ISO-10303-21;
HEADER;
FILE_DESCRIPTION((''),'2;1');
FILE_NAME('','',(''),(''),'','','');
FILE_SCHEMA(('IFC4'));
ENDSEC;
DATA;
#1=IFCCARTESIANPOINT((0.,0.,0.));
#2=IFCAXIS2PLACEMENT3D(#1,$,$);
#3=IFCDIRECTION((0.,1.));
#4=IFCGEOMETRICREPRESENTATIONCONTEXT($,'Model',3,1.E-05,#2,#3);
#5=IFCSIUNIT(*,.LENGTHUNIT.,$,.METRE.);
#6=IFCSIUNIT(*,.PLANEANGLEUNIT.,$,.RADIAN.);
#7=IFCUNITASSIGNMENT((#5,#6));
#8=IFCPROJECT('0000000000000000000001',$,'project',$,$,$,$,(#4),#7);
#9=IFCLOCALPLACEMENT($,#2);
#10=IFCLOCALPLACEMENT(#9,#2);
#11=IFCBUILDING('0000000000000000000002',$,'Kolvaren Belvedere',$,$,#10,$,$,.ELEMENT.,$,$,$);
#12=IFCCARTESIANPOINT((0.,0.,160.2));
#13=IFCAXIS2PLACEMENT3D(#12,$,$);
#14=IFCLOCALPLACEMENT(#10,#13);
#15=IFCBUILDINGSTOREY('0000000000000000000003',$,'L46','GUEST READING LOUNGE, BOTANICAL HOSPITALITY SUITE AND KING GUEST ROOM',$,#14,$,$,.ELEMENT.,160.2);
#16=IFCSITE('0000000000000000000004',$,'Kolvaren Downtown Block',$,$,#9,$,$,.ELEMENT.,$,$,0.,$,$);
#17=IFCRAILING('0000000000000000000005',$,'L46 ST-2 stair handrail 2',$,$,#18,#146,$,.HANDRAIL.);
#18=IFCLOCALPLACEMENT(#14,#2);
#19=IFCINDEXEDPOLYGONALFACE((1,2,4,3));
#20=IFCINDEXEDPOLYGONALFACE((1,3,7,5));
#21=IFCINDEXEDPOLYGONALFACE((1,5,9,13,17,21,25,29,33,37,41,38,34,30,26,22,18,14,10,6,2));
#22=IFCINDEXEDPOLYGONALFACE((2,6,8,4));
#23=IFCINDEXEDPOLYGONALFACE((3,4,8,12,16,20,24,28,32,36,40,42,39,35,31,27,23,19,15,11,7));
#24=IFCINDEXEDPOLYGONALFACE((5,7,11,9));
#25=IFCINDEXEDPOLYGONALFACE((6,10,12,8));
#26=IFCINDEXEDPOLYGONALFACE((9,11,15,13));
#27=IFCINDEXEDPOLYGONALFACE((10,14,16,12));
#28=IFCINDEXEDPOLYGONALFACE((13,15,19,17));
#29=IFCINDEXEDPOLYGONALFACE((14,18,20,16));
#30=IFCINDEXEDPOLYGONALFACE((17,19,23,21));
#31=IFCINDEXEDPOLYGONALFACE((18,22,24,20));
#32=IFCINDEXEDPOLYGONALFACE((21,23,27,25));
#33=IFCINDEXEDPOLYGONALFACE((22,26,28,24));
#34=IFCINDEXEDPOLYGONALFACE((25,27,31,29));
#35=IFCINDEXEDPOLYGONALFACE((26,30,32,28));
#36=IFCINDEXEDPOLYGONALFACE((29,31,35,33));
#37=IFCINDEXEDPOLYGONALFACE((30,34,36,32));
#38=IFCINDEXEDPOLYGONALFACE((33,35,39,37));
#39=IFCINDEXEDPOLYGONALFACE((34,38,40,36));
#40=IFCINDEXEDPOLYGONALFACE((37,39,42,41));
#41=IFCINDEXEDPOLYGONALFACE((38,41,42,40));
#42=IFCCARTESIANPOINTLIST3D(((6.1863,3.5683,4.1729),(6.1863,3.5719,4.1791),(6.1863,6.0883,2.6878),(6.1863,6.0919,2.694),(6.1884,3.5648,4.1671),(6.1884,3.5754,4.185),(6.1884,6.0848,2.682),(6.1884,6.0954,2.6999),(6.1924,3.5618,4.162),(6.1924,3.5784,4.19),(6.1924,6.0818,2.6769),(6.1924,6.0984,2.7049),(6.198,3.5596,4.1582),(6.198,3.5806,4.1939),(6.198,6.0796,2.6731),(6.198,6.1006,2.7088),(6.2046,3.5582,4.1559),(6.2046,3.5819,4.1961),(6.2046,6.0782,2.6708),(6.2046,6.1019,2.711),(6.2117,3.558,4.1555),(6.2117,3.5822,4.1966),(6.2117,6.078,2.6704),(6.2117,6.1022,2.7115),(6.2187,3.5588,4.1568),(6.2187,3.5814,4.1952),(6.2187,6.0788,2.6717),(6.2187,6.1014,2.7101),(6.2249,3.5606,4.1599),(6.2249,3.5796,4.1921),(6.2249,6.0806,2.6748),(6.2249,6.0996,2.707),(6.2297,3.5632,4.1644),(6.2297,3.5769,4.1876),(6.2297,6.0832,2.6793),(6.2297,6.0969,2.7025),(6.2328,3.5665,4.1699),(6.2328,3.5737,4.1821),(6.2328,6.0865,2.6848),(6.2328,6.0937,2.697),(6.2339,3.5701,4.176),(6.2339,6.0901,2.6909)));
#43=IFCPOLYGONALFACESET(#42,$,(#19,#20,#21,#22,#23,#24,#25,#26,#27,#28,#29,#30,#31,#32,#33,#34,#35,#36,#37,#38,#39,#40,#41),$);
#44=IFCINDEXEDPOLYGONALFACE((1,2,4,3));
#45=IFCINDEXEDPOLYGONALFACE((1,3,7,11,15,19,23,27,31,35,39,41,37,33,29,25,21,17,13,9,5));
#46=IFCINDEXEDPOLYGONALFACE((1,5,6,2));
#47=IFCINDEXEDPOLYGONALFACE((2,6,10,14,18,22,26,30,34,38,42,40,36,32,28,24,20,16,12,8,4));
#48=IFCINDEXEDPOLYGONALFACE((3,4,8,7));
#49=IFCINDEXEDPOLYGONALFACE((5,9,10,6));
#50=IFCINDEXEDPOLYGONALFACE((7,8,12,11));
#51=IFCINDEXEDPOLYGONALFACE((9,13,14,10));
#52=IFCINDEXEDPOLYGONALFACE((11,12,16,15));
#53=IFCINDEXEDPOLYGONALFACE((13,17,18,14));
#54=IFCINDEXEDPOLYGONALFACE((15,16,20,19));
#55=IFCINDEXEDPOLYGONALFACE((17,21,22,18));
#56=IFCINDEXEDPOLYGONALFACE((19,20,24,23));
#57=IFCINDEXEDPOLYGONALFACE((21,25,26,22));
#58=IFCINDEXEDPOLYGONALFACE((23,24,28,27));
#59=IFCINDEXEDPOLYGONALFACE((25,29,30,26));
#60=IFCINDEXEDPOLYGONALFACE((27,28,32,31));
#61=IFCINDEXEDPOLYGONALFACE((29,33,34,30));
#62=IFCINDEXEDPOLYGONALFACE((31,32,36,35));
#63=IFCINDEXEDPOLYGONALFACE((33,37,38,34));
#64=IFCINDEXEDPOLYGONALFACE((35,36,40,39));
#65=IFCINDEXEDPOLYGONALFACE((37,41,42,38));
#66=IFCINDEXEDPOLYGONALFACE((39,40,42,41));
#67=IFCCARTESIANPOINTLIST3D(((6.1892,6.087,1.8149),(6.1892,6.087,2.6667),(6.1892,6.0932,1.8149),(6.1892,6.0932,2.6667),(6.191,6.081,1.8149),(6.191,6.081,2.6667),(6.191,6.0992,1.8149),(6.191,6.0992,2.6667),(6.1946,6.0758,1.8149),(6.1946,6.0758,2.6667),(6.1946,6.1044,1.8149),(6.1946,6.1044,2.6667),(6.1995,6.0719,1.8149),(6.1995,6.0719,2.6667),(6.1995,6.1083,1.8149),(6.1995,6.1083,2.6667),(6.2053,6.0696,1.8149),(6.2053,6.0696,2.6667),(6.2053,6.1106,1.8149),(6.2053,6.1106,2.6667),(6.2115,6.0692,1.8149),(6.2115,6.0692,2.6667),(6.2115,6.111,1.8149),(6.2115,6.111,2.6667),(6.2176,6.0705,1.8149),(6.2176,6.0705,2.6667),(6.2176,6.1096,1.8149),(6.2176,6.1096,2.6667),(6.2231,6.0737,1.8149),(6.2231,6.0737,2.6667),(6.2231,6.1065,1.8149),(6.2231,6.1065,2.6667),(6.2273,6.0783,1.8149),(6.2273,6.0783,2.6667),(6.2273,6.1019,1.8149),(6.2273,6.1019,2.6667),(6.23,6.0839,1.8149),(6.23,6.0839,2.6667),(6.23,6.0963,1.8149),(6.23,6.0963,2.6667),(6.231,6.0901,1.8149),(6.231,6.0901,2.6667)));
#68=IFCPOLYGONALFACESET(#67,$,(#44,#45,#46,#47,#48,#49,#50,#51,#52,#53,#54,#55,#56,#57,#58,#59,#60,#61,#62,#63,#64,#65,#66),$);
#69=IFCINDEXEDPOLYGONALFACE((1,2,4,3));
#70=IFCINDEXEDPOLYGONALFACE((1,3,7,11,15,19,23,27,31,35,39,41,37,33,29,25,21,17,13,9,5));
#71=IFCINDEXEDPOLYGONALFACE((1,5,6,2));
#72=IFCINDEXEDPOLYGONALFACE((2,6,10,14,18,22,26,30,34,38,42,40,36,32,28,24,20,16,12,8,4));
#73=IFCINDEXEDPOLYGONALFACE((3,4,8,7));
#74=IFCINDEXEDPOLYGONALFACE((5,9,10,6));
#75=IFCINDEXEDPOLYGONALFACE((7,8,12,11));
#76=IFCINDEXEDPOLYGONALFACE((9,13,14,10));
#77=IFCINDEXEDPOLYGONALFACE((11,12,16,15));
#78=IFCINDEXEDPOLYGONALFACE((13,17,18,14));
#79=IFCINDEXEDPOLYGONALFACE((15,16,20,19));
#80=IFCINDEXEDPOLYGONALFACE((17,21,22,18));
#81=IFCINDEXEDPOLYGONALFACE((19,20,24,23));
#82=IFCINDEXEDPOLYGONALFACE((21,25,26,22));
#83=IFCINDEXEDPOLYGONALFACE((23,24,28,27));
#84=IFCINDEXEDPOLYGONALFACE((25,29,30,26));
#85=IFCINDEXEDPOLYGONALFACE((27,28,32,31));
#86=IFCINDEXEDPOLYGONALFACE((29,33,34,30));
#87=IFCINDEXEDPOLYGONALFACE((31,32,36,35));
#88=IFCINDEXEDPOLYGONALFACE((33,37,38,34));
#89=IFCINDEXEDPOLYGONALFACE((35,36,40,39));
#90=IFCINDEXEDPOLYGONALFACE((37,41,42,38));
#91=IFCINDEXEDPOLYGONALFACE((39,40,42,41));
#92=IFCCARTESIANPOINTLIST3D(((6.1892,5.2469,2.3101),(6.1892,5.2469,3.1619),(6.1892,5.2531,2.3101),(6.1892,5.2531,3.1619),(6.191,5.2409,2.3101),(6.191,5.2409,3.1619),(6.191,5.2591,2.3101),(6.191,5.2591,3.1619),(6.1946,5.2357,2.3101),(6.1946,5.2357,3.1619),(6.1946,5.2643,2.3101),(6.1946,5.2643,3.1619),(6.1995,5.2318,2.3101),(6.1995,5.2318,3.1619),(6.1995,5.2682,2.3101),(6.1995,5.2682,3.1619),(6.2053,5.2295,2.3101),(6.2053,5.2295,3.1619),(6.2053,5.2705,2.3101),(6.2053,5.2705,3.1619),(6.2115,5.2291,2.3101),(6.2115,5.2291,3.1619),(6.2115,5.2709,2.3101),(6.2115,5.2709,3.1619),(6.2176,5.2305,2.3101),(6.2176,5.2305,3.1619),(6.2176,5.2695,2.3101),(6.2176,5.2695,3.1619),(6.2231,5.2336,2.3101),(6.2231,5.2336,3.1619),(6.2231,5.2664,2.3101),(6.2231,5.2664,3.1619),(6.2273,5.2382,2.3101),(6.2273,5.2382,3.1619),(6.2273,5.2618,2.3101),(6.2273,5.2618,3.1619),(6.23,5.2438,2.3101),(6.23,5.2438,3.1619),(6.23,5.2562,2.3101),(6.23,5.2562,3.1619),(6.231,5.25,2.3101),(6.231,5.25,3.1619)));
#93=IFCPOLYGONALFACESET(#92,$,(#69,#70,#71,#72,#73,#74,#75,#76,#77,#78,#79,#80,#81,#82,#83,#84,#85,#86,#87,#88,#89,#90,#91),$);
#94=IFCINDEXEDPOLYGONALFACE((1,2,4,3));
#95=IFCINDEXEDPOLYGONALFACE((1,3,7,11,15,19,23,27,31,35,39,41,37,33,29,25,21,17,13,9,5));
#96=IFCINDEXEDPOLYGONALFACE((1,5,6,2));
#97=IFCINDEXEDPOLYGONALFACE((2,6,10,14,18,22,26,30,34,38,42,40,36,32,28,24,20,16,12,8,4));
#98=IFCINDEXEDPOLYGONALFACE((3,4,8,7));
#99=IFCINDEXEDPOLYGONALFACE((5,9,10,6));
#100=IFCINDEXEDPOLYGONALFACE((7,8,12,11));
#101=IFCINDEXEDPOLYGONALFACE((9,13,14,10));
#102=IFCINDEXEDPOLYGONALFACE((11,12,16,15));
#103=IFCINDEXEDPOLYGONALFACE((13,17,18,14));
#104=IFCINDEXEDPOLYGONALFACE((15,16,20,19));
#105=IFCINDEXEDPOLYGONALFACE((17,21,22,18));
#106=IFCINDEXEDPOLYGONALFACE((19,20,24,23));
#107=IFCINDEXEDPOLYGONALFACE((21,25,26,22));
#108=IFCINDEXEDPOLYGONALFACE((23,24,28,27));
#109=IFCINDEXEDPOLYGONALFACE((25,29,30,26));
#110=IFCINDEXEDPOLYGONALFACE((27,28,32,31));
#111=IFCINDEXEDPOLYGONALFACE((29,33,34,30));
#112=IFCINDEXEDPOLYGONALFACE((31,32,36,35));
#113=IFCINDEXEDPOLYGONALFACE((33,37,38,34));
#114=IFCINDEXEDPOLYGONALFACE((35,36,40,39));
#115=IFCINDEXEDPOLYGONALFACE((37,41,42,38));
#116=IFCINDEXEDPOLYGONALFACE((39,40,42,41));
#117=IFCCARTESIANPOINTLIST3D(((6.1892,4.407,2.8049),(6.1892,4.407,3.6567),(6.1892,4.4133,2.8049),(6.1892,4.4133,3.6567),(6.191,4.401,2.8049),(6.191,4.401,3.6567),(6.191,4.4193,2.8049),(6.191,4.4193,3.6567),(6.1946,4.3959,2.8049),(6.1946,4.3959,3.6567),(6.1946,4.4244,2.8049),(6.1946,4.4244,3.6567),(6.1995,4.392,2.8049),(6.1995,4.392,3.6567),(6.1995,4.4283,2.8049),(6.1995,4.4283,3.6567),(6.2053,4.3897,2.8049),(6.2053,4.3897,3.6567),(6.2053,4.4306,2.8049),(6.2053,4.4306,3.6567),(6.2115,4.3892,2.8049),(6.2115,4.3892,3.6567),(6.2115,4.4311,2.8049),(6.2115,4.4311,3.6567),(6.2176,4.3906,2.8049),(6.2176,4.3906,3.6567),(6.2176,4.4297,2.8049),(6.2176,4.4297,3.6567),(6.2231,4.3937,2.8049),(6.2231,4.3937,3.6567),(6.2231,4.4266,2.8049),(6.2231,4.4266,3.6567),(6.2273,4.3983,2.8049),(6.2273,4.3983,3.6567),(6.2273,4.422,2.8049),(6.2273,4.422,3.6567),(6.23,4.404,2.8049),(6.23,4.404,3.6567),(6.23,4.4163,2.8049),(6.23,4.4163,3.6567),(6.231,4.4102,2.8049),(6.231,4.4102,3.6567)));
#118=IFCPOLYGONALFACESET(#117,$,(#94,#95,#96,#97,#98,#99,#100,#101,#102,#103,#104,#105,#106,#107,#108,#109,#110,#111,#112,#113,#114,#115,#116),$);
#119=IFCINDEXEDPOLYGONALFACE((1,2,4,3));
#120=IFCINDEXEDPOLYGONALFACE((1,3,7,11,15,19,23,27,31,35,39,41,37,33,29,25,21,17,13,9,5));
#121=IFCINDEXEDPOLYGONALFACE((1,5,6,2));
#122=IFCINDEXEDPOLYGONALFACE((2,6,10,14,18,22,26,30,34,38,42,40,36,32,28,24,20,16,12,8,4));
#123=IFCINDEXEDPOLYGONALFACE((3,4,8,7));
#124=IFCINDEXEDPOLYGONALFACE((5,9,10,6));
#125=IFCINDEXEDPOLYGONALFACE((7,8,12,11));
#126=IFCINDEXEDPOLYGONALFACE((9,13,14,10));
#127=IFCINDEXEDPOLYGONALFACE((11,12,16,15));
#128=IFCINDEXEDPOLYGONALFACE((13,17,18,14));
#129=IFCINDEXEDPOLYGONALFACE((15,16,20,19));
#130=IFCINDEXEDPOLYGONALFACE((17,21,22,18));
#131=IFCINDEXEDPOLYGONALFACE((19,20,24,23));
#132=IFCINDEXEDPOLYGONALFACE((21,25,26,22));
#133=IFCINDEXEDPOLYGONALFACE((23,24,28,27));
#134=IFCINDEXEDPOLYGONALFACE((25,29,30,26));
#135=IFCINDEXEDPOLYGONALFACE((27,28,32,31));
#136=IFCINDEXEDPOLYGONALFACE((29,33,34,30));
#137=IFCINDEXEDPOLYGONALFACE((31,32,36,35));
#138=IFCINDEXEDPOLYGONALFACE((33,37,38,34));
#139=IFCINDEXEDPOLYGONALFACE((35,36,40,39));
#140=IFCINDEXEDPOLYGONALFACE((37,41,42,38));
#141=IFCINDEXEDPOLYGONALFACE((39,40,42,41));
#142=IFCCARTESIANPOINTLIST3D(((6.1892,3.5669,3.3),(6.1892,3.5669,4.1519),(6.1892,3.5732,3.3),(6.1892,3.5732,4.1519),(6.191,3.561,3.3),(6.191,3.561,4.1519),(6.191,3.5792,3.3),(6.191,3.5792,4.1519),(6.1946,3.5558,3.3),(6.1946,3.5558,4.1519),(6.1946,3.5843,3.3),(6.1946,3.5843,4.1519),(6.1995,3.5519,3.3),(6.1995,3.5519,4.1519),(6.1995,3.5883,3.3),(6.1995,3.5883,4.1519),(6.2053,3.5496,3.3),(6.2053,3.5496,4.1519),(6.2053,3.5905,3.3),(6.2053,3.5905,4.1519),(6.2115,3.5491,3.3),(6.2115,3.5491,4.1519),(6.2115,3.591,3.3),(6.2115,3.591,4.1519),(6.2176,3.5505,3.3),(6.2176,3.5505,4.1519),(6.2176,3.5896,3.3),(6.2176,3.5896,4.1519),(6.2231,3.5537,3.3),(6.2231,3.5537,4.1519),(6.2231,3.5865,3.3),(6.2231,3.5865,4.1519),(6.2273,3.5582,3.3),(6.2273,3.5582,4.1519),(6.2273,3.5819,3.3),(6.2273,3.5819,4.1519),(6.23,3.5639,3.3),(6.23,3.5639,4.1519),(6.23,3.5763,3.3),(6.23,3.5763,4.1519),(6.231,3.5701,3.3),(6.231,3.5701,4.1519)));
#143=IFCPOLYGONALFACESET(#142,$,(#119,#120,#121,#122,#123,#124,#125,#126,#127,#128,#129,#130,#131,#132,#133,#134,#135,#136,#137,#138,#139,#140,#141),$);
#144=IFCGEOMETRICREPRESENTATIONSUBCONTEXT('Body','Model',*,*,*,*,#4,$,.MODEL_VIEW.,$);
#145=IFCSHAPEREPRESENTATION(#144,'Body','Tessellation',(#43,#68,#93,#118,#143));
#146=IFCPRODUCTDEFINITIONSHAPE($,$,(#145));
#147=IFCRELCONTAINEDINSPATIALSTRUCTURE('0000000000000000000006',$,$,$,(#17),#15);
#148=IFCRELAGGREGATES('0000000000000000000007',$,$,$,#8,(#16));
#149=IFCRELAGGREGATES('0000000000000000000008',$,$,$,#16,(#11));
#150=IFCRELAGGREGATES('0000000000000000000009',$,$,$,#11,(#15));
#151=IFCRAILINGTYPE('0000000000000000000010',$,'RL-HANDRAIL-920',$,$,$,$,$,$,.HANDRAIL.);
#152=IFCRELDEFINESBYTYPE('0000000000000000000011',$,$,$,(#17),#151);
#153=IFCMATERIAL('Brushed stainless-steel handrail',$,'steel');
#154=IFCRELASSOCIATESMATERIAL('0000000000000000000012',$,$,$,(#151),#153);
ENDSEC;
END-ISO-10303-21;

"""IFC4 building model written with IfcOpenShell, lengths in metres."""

from ifc_helpers import new_model, si_unit, direction, frame, origin, origin_2d, place, context, subcontext, project, spatial, circle, extrude, material, type_object, element, save


model = new_model("IFC4")

# Units and contexts
model_context = context("Model", 3, precision=1e-05, world=origin(), true_north=direction((0.0, 1.0)))
body_context = subcontext(model_context, "Body", "Model", "MODEL_VIEW")
ifc_project = project(units=[si_unit("LENGTHUNIT", "METRE"), si_unit("PLANEANGLEUNIT", "RADIAN")], contexts=[model_context])

# Site, building, storey
site_placement = place(None, origin())
site = spatial("IfcSite", under=ifc_project, at=site_placement, Name="Kolvaren Downtown Block", CompositionType="ELEMENT", RefElevation=0.0)
building_placement = place(site_placement, origin())
building = spatial("IfcBuilding", under=site, at=building_placement, Name="Kolvaren Belvedere", CompositionType="ELEMENT")
storey_placement = place(building_placement, frame((0.0, 0.0, 160.2)))
storey = spatial("IfcBuildingStorey", under=building, at=storey_placement, Name="L46", Description="GUEST READING LOUNGE, BOTANICAL HOSPITALITY SUITE AND KING GUEST ROOM", CompositionType="ELEMENT", Elevation=160.2)

# Railing
ifc_material_1 = material(Name="Brushed stainless-steel handrail", Category="steel")
railing_type_1 = type_object("IfcRailingType", Name="RL-HANDRAIL-920", PredefinedType="HANDRAIL", material=ifc_material_1)
railing_1_placement = place(storey_placement, frame((6.21, 6.0901, 1.8149)))
element("IfcRailing", 1, at=railing_1_placement, inside=storey, type_object=railing_type_1, Name="L46 ST-2 stair handrail 2", PredefinedType="HANDRAIL", context=body_context, shape_type="SweptSolid", body=[
    extrude(circle(Radius=0.0239, at=origin_2d()), frame((0.0, 0.0, 0.876), z_axis=(0.0, -0.861524, 0.507717), x_axis=(1.0, 0.0, 0.0)), (0.0, 0.0, 1.0), 2.925),
    extrude(circle(Radius=0.021, at=origin_2d()), origin(), (0.0, 0.0, 1.0), 0.8518),
    extrude(circle(Radius=0.021, at=origin_2d()), frame((0.0, -0.8401, 0.4951)), (0.0, 0.0, 1.0), 0.8518),
    extrude(circle(Radius=0.021, at=origin_2d()), frame((0.0, -1.6799, 0.99)), (0.0, 0.0, 1.0), 0.8518),
    extrude(circle(Radius=0.021, at=origin_2d()), frame((0.0, -2.52, 1.4851)), (0.0, 0.0, 1.0), 0.8518),
])

save(model, "model.ifc")
